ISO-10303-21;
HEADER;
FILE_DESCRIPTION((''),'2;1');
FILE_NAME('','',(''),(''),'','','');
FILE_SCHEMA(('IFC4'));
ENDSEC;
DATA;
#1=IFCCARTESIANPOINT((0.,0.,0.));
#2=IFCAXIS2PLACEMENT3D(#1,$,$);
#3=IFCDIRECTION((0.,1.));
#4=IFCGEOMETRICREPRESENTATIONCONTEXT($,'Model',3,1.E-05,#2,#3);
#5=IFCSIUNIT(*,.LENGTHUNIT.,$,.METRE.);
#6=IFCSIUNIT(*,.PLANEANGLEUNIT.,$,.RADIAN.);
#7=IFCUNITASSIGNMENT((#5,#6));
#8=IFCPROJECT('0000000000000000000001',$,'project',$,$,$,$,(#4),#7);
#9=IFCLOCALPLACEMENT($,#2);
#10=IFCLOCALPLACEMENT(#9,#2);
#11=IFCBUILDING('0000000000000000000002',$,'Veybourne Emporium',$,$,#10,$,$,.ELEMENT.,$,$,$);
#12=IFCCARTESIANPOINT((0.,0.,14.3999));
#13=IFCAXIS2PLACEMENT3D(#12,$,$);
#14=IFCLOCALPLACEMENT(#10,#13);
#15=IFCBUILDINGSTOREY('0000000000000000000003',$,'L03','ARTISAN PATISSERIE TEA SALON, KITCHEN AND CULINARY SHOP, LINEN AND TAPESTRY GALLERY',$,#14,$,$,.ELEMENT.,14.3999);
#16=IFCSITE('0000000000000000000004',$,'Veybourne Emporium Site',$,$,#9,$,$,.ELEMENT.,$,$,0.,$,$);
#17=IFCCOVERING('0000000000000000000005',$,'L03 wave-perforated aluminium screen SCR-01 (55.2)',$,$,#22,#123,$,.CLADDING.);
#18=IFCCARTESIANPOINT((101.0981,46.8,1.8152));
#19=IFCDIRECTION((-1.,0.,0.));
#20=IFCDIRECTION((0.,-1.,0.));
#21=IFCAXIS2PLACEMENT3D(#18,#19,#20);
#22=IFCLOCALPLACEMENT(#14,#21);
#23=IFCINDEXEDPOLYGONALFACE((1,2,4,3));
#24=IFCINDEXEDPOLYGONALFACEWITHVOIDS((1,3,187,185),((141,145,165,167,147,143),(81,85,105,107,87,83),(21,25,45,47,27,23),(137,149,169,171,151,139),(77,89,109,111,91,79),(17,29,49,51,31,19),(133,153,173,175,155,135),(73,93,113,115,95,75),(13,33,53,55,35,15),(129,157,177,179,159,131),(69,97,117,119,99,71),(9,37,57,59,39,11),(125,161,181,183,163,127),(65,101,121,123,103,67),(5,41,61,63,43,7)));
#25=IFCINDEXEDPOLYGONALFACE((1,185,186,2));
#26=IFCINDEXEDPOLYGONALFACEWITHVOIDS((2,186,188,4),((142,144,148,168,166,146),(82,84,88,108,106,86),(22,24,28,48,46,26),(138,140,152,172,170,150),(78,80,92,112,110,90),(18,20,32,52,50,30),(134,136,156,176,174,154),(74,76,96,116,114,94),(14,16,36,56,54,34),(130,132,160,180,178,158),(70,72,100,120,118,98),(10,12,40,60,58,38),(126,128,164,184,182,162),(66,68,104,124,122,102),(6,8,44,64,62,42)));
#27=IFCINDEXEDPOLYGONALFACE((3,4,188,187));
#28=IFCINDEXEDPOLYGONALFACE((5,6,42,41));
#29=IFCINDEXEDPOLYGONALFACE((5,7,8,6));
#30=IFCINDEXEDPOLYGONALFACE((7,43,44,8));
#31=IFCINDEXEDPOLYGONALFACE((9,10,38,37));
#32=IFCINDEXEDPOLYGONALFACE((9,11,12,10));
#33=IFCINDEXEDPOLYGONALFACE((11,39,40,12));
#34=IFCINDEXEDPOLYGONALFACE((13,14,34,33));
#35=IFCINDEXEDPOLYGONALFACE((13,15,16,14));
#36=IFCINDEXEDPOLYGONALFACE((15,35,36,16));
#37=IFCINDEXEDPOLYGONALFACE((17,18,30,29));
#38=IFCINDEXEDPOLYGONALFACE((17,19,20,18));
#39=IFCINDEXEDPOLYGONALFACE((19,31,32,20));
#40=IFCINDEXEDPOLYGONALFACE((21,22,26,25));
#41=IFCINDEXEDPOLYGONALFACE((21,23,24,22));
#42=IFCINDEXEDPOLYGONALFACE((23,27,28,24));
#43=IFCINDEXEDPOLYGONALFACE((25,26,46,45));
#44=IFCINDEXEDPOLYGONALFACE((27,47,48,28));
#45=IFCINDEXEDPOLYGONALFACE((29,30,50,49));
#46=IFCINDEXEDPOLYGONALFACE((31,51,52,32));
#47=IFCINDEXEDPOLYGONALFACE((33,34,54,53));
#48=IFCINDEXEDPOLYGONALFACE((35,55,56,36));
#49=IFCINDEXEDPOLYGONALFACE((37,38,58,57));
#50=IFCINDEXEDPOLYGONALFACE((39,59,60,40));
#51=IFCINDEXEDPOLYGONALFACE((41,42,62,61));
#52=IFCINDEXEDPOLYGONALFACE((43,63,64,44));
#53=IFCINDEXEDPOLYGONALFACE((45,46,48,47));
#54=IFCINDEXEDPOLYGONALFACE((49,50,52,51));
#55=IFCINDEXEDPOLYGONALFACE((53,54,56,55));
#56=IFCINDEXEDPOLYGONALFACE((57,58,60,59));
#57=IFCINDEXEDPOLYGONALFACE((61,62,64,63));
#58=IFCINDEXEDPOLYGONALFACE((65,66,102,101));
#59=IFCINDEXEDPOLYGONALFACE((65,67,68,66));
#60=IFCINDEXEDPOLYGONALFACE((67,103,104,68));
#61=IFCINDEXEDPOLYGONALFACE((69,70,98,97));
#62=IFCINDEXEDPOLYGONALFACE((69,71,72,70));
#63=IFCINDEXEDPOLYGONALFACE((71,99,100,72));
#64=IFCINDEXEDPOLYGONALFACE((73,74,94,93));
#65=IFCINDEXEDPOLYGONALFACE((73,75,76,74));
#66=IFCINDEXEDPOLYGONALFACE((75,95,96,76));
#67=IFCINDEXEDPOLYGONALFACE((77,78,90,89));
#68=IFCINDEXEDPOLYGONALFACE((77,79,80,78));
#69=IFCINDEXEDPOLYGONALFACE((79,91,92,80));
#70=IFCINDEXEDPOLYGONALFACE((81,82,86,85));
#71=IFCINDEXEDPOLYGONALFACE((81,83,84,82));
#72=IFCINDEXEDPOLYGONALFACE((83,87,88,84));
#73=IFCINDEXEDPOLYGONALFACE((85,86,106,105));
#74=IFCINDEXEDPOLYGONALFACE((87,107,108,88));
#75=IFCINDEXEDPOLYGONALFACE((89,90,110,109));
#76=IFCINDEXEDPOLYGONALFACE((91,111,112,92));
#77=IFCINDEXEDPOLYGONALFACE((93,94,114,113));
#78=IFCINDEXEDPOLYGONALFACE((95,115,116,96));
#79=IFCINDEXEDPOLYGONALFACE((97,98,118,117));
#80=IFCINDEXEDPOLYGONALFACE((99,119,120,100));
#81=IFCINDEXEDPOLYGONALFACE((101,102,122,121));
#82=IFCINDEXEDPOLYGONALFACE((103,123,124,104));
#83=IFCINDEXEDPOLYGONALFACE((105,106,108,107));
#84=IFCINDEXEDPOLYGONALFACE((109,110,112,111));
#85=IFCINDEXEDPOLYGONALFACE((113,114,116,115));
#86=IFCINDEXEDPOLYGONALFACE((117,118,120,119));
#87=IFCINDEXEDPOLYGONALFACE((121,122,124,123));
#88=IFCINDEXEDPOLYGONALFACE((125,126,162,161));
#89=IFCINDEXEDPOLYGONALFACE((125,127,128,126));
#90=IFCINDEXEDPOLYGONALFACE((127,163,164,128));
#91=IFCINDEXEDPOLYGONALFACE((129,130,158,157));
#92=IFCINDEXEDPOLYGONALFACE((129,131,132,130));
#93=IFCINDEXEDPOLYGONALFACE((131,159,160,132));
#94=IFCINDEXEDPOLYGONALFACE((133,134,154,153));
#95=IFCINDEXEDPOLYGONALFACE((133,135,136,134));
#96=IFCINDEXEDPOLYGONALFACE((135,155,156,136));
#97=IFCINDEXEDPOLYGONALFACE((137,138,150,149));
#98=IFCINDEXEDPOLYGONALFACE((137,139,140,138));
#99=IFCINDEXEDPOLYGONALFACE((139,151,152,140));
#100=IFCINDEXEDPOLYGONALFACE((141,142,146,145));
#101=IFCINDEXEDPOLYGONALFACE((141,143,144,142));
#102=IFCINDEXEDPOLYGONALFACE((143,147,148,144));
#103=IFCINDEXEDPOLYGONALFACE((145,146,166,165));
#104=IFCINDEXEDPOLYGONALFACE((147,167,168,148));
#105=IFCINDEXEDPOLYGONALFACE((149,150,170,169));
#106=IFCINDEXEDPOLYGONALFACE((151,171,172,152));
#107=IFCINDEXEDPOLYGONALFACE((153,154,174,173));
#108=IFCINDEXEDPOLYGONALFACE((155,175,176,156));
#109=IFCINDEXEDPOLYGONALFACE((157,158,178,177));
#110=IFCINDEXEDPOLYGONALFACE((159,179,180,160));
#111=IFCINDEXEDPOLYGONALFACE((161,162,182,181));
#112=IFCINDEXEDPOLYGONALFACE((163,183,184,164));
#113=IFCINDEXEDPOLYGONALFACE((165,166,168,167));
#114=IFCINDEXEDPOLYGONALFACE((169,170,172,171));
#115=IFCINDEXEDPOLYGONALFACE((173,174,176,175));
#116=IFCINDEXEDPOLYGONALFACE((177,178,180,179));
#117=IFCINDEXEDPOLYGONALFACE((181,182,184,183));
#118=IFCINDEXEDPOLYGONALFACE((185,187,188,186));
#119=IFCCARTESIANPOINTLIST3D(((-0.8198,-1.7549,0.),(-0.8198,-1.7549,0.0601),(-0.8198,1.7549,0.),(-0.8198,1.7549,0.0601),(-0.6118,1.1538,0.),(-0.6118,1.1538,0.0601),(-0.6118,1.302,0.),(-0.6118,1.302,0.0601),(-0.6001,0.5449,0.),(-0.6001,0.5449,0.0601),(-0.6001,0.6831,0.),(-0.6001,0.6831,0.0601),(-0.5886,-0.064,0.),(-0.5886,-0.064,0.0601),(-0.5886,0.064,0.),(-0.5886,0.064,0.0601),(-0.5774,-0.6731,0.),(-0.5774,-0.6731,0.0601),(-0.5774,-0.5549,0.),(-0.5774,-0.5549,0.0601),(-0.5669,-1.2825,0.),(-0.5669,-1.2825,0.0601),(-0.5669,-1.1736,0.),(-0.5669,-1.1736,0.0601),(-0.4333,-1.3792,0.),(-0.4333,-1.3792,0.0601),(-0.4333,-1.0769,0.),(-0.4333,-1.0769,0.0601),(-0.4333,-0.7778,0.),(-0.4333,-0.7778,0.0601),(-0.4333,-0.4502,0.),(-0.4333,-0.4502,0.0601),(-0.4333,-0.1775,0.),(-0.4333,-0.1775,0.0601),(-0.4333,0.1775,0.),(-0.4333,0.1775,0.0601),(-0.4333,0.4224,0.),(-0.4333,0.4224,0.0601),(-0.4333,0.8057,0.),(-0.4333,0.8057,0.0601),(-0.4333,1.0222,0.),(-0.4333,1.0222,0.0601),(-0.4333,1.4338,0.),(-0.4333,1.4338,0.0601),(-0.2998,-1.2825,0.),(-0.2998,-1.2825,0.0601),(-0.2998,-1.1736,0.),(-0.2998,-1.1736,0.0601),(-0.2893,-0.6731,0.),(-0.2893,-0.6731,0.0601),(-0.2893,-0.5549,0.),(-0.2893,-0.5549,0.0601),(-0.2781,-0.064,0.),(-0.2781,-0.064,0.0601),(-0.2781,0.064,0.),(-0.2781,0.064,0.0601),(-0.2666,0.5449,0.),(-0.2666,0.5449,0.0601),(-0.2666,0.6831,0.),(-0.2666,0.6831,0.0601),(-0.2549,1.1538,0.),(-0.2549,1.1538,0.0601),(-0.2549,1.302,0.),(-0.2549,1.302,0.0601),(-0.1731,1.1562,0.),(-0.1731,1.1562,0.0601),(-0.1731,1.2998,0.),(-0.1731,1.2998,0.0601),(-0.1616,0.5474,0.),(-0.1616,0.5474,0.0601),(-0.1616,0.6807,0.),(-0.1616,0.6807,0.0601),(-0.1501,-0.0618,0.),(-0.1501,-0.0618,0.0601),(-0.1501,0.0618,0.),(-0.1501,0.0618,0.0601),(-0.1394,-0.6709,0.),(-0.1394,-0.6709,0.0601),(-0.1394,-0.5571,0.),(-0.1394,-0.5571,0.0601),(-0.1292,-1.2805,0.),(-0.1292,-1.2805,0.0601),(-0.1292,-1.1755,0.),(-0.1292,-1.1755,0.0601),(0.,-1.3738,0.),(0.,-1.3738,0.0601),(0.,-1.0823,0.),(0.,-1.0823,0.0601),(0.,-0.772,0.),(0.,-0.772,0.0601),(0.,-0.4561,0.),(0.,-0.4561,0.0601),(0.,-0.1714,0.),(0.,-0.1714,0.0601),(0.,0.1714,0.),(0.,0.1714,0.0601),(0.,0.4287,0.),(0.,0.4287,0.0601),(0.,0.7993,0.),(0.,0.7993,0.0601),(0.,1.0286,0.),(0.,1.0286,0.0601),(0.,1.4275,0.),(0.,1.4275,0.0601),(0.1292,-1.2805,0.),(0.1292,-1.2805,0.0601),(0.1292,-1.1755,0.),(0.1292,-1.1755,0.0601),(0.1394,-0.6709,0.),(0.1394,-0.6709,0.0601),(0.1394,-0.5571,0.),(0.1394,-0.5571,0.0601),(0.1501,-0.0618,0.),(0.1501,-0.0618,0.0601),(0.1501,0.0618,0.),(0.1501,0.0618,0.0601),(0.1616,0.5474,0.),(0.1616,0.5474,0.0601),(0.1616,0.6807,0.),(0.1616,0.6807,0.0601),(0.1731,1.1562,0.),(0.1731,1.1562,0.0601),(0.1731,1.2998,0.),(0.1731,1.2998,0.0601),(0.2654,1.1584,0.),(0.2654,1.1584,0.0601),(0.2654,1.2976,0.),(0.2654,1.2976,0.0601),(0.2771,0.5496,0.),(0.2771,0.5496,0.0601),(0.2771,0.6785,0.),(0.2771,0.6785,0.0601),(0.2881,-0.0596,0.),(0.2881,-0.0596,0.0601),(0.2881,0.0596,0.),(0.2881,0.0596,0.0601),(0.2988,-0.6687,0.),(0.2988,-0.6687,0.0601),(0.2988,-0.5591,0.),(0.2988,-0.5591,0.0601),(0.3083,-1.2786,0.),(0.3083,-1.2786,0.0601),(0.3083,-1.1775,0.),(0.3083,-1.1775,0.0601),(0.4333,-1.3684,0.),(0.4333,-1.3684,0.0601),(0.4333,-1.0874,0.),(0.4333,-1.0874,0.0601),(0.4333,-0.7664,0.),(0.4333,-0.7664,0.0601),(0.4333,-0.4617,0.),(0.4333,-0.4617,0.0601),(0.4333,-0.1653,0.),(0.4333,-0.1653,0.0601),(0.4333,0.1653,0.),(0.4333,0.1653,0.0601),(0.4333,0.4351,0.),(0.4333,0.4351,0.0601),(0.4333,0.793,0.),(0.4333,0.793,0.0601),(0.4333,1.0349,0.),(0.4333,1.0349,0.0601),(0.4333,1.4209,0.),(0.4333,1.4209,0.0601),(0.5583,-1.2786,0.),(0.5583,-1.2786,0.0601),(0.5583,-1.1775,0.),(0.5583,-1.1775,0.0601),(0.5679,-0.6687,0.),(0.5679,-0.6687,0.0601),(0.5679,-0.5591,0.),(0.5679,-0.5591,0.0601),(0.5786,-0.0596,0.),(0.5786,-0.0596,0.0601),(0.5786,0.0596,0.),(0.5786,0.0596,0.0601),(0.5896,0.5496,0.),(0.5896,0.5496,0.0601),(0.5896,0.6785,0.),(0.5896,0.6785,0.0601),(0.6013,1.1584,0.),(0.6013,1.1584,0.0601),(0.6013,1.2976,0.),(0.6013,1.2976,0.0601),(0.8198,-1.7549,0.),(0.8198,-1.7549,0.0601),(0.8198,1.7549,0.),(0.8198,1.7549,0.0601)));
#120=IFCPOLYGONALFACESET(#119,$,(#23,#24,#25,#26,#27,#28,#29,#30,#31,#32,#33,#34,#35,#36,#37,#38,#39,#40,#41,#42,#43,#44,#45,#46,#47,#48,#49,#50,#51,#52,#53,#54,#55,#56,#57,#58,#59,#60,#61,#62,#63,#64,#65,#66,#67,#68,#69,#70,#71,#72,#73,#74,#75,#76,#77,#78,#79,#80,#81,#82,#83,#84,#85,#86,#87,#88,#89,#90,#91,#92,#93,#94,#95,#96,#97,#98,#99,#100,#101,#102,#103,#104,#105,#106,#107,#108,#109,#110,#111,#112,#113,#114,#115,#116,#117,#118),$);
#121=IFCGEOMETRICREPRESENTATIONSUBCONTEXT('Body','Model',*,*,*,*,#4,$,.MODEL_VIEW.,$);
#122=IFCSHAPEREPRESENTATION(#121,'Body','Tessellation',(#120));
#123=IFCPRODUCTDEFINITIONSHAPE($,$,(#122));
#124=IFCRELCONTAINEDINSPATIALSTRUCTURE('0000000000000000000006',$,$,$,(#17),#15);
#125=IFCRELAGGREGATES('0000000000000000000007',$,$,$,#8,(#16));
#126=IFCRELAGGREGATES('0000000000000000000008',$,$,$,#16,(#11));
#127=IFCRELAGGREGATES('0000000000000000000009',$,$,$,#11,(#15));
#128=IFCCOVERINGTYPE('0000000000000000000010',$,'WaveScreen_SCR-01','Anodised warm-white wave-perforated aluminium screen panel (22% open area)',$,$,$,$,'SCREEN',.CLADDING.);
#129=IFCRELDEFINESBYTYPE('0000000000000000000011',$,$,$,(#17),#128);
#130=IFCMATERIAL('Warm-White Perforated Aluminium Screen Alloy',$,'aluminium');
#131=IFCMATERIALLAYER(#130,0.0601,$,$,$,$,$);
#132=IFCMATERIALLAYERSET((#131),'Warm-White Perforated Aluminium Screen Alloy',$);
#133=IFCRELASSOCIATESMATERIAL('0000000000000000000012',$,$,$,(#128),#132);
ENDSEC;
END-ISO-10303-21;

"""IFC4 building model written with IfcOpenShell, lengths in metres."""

from ifc_helpers import new_model, si_unit, direction, frame, origin, place, context, subcontext, project, spatial, polyline, outline, extrude, material, layer, layer_set, type_object, element, save


model = new_model("IFC4")

# Units and contexts
model_context = context("Model", 3, precision=1e-05, world=origin(), true_north=direction((0.0, 1.0)))
body_context = subcontext(model_context, "Body", "Model", "MODEL_VIEW")
ifc_project = project(units=[si_unit("LENGTHUNIT", "METRE"), si_unit("PLANEANGLEUNIT", "RADIAN")], contexts=[model_context])

# Site, building, storey
site_placement = place(None, origin())
site = spatial("IfcSite", under=ifc_project, at=site_placement, Name="Veybourne Emporium Site", CompositionType="ELEMENT", RefElevation=0.0)
building_placement = place(site_placement, origin())
building = spatial("IfcBuilding", under=site, at=building_placement, Name="Veybourne Emporium", CompositionType="ELEMENT")
storey_placement = place(building_placement, frame((0.0, 0.0, 14.3999)))
storey = spatial("IfcBuildingStorey", under=building, at=storey_placement, Name="L03", Description="ARTISAN PATISSERIE TEA SALON, KITCHEN AND CULINARY SHOP, LINEN AND TAPESTRY GALLERY", CompositionType="ELEMENT", Elevation=14.3999)

# Covering
ifc_material_1 = material(Name="Warm-White Perforated Aluminium Screen Alloy", Category="aluminium")
ifc_layer_1 = layer(ifc_material_1, 0.0601)
ifc_layer_set_1 = layer_set([ifc_layer_1], Name="Warm-White Perforated Aluminium Screen Alloy")
covering_type_1 = type_object("IfcCoveringType", Name="WaveScreen_SCR-01", Description="Anodised warm-white wave-perforated aluminium screen panel (22% open area)", ElementType="SCREEN", PredefinedType="CLADDING", material=ifc_layer_set_1)
covering_1_placement = place(storey_placement, frame((101.0981, 46.8, 1.8152), z_axis=(-1.0, 0.0, 0.0), x_axis=(0.0, -1.0, 0.0)))
element("IfcCovering", 1, at=covering_1_placement, inside=storey, type_object=covering_type_1, Name="L03 wave-perforated aluminium screen SCR-01 (55.2)", PredefinedType="CLADDING", context=body_context, shape_type="SweptSolid", body=[
    extrude(outline(polyline([(-0.8198, -1.7549), (0.8198, -1.7549), (0.8198, 1.7549), (-0.8198, 1.7549), (-0.8198, -1.7549)]), holes=[polyline([(-0.4333, -1.0769), (-0.2998, -1.1736), (-0.2998, -1.2825), (-0.4333, -1.3792), (-0.5669, -1.2825), (-0.5669, -1.1736), (-0.4333, -1.0769)]), polyline([(-0.4333, -0.4502), (-0.2893, -0.5549), (-0.2893, -0.6731), (-0.4333, -0.7778), (-0.5774, -0.6731), (-0.5774, -0.5549), (-0.4333, -0.4502)]), polyline([(-0.4333, 0.1775), (-0.2781, 0.064), (-0.2781, -0.064), (-0.4333, -0.1775), (-0.5886, -0.064), (-0.5886, 0.064), (-0.4333, 0.1775)]), polyline([(-0.4333, 0.8057), (-0.2666, 0.6831), (-0.2666, 0.5449), (-0.4333, 0.4224), (-0.6001, 0.5449), (-0.6001, 0.6831), (-0.4333, 0.8057)]), polyline([(-0.4333, 1.4338), (-0.2549, 1.302), (-0.2549, 1.1538), (-0.4333, 1.0222), (-0.6118, 1.1538), (-0.6118, 1.302), (-0.4333, 1.4338)]), polyline([(0.0, -1.0823), (0.1292, -1.1755), (0.1292, -1.2805), (0.0, -1.3738), (-0.1292, -1.2805), (-0.1292, -1.1755), (0.0, -1.0823)]), polyline([(0.0, -0.4561), (0.1394, -0.5571), (0.1394, -0.6709), (0.0, -0.772), (-0.1394, -0.6709), (-0.1394, -0.5571), (0.0, -0.4561)]), polyline([(0.0, 0.1714), (0.1501, 0.0618), (0.1501, -0.0618), (0.0, -0.1714), (-0.1501, -0.0618), (-0.1501, 0.0618), (0.0, 0.1714)]), polyline([(0.0, 0.7993), (0.1616, 0.6807), (0.1616, 0.5474), (0.0, 0.4287), (-0.1616, 0.5474), (-0.1616, 0.6807), (0.0, 0.7993)]), polyline([(0.0, 1.4275), (0.1731, 1.2998), (0.1731, 1.1562), (0.0, 1.0286), (-0.1731, 1.1562), (-0.1731, 1.2998), (0.0, 1.4275)]), polyline([(0.4333, -1.0874), (0.5583, -1.1775), (0.5583, -1.2786), (0.4333, -1.3684), (0.3083, -1.2786), (0.3083, -1.1775), (0.4333, -1.0874)]), polyline([(0.4333, -0.4617), (0.5679, -0.5591), (0.5679, -0.6687), (0.4333, -0.7664), (0.2988, -0.6687), (0.2988, -0.5591), (0.4333, -0.4617)]), polyline([(0.4333, 0.1653), (0.5786, 0.0596), (0.5786, -0.0596), (0.4333, -0.1653), (0.2881, -0.0596), (0.2881, 0.0596), (0.4333, 0.1653)]), polyline([(0.4333, 0.793), (0.5896, 0.6785), (0.5896, 0.5496), (0.4333, 0.4351), (0.2771, 0.5496), (0.2771, 0.6785), (0.4333, 0.793)]), polyline([(0.4333, 1.4209), (0.6013, 1.2976), (0.6013, 1.1584), (0.4333, 1.0349), (0.2654, 1.1584), (0.2654, 1.2976), (0.4333, 1.4209)])]), origin(), (0.0, 0.0, 1.0), 0.0601),
])

save(model, "model.ifc")
